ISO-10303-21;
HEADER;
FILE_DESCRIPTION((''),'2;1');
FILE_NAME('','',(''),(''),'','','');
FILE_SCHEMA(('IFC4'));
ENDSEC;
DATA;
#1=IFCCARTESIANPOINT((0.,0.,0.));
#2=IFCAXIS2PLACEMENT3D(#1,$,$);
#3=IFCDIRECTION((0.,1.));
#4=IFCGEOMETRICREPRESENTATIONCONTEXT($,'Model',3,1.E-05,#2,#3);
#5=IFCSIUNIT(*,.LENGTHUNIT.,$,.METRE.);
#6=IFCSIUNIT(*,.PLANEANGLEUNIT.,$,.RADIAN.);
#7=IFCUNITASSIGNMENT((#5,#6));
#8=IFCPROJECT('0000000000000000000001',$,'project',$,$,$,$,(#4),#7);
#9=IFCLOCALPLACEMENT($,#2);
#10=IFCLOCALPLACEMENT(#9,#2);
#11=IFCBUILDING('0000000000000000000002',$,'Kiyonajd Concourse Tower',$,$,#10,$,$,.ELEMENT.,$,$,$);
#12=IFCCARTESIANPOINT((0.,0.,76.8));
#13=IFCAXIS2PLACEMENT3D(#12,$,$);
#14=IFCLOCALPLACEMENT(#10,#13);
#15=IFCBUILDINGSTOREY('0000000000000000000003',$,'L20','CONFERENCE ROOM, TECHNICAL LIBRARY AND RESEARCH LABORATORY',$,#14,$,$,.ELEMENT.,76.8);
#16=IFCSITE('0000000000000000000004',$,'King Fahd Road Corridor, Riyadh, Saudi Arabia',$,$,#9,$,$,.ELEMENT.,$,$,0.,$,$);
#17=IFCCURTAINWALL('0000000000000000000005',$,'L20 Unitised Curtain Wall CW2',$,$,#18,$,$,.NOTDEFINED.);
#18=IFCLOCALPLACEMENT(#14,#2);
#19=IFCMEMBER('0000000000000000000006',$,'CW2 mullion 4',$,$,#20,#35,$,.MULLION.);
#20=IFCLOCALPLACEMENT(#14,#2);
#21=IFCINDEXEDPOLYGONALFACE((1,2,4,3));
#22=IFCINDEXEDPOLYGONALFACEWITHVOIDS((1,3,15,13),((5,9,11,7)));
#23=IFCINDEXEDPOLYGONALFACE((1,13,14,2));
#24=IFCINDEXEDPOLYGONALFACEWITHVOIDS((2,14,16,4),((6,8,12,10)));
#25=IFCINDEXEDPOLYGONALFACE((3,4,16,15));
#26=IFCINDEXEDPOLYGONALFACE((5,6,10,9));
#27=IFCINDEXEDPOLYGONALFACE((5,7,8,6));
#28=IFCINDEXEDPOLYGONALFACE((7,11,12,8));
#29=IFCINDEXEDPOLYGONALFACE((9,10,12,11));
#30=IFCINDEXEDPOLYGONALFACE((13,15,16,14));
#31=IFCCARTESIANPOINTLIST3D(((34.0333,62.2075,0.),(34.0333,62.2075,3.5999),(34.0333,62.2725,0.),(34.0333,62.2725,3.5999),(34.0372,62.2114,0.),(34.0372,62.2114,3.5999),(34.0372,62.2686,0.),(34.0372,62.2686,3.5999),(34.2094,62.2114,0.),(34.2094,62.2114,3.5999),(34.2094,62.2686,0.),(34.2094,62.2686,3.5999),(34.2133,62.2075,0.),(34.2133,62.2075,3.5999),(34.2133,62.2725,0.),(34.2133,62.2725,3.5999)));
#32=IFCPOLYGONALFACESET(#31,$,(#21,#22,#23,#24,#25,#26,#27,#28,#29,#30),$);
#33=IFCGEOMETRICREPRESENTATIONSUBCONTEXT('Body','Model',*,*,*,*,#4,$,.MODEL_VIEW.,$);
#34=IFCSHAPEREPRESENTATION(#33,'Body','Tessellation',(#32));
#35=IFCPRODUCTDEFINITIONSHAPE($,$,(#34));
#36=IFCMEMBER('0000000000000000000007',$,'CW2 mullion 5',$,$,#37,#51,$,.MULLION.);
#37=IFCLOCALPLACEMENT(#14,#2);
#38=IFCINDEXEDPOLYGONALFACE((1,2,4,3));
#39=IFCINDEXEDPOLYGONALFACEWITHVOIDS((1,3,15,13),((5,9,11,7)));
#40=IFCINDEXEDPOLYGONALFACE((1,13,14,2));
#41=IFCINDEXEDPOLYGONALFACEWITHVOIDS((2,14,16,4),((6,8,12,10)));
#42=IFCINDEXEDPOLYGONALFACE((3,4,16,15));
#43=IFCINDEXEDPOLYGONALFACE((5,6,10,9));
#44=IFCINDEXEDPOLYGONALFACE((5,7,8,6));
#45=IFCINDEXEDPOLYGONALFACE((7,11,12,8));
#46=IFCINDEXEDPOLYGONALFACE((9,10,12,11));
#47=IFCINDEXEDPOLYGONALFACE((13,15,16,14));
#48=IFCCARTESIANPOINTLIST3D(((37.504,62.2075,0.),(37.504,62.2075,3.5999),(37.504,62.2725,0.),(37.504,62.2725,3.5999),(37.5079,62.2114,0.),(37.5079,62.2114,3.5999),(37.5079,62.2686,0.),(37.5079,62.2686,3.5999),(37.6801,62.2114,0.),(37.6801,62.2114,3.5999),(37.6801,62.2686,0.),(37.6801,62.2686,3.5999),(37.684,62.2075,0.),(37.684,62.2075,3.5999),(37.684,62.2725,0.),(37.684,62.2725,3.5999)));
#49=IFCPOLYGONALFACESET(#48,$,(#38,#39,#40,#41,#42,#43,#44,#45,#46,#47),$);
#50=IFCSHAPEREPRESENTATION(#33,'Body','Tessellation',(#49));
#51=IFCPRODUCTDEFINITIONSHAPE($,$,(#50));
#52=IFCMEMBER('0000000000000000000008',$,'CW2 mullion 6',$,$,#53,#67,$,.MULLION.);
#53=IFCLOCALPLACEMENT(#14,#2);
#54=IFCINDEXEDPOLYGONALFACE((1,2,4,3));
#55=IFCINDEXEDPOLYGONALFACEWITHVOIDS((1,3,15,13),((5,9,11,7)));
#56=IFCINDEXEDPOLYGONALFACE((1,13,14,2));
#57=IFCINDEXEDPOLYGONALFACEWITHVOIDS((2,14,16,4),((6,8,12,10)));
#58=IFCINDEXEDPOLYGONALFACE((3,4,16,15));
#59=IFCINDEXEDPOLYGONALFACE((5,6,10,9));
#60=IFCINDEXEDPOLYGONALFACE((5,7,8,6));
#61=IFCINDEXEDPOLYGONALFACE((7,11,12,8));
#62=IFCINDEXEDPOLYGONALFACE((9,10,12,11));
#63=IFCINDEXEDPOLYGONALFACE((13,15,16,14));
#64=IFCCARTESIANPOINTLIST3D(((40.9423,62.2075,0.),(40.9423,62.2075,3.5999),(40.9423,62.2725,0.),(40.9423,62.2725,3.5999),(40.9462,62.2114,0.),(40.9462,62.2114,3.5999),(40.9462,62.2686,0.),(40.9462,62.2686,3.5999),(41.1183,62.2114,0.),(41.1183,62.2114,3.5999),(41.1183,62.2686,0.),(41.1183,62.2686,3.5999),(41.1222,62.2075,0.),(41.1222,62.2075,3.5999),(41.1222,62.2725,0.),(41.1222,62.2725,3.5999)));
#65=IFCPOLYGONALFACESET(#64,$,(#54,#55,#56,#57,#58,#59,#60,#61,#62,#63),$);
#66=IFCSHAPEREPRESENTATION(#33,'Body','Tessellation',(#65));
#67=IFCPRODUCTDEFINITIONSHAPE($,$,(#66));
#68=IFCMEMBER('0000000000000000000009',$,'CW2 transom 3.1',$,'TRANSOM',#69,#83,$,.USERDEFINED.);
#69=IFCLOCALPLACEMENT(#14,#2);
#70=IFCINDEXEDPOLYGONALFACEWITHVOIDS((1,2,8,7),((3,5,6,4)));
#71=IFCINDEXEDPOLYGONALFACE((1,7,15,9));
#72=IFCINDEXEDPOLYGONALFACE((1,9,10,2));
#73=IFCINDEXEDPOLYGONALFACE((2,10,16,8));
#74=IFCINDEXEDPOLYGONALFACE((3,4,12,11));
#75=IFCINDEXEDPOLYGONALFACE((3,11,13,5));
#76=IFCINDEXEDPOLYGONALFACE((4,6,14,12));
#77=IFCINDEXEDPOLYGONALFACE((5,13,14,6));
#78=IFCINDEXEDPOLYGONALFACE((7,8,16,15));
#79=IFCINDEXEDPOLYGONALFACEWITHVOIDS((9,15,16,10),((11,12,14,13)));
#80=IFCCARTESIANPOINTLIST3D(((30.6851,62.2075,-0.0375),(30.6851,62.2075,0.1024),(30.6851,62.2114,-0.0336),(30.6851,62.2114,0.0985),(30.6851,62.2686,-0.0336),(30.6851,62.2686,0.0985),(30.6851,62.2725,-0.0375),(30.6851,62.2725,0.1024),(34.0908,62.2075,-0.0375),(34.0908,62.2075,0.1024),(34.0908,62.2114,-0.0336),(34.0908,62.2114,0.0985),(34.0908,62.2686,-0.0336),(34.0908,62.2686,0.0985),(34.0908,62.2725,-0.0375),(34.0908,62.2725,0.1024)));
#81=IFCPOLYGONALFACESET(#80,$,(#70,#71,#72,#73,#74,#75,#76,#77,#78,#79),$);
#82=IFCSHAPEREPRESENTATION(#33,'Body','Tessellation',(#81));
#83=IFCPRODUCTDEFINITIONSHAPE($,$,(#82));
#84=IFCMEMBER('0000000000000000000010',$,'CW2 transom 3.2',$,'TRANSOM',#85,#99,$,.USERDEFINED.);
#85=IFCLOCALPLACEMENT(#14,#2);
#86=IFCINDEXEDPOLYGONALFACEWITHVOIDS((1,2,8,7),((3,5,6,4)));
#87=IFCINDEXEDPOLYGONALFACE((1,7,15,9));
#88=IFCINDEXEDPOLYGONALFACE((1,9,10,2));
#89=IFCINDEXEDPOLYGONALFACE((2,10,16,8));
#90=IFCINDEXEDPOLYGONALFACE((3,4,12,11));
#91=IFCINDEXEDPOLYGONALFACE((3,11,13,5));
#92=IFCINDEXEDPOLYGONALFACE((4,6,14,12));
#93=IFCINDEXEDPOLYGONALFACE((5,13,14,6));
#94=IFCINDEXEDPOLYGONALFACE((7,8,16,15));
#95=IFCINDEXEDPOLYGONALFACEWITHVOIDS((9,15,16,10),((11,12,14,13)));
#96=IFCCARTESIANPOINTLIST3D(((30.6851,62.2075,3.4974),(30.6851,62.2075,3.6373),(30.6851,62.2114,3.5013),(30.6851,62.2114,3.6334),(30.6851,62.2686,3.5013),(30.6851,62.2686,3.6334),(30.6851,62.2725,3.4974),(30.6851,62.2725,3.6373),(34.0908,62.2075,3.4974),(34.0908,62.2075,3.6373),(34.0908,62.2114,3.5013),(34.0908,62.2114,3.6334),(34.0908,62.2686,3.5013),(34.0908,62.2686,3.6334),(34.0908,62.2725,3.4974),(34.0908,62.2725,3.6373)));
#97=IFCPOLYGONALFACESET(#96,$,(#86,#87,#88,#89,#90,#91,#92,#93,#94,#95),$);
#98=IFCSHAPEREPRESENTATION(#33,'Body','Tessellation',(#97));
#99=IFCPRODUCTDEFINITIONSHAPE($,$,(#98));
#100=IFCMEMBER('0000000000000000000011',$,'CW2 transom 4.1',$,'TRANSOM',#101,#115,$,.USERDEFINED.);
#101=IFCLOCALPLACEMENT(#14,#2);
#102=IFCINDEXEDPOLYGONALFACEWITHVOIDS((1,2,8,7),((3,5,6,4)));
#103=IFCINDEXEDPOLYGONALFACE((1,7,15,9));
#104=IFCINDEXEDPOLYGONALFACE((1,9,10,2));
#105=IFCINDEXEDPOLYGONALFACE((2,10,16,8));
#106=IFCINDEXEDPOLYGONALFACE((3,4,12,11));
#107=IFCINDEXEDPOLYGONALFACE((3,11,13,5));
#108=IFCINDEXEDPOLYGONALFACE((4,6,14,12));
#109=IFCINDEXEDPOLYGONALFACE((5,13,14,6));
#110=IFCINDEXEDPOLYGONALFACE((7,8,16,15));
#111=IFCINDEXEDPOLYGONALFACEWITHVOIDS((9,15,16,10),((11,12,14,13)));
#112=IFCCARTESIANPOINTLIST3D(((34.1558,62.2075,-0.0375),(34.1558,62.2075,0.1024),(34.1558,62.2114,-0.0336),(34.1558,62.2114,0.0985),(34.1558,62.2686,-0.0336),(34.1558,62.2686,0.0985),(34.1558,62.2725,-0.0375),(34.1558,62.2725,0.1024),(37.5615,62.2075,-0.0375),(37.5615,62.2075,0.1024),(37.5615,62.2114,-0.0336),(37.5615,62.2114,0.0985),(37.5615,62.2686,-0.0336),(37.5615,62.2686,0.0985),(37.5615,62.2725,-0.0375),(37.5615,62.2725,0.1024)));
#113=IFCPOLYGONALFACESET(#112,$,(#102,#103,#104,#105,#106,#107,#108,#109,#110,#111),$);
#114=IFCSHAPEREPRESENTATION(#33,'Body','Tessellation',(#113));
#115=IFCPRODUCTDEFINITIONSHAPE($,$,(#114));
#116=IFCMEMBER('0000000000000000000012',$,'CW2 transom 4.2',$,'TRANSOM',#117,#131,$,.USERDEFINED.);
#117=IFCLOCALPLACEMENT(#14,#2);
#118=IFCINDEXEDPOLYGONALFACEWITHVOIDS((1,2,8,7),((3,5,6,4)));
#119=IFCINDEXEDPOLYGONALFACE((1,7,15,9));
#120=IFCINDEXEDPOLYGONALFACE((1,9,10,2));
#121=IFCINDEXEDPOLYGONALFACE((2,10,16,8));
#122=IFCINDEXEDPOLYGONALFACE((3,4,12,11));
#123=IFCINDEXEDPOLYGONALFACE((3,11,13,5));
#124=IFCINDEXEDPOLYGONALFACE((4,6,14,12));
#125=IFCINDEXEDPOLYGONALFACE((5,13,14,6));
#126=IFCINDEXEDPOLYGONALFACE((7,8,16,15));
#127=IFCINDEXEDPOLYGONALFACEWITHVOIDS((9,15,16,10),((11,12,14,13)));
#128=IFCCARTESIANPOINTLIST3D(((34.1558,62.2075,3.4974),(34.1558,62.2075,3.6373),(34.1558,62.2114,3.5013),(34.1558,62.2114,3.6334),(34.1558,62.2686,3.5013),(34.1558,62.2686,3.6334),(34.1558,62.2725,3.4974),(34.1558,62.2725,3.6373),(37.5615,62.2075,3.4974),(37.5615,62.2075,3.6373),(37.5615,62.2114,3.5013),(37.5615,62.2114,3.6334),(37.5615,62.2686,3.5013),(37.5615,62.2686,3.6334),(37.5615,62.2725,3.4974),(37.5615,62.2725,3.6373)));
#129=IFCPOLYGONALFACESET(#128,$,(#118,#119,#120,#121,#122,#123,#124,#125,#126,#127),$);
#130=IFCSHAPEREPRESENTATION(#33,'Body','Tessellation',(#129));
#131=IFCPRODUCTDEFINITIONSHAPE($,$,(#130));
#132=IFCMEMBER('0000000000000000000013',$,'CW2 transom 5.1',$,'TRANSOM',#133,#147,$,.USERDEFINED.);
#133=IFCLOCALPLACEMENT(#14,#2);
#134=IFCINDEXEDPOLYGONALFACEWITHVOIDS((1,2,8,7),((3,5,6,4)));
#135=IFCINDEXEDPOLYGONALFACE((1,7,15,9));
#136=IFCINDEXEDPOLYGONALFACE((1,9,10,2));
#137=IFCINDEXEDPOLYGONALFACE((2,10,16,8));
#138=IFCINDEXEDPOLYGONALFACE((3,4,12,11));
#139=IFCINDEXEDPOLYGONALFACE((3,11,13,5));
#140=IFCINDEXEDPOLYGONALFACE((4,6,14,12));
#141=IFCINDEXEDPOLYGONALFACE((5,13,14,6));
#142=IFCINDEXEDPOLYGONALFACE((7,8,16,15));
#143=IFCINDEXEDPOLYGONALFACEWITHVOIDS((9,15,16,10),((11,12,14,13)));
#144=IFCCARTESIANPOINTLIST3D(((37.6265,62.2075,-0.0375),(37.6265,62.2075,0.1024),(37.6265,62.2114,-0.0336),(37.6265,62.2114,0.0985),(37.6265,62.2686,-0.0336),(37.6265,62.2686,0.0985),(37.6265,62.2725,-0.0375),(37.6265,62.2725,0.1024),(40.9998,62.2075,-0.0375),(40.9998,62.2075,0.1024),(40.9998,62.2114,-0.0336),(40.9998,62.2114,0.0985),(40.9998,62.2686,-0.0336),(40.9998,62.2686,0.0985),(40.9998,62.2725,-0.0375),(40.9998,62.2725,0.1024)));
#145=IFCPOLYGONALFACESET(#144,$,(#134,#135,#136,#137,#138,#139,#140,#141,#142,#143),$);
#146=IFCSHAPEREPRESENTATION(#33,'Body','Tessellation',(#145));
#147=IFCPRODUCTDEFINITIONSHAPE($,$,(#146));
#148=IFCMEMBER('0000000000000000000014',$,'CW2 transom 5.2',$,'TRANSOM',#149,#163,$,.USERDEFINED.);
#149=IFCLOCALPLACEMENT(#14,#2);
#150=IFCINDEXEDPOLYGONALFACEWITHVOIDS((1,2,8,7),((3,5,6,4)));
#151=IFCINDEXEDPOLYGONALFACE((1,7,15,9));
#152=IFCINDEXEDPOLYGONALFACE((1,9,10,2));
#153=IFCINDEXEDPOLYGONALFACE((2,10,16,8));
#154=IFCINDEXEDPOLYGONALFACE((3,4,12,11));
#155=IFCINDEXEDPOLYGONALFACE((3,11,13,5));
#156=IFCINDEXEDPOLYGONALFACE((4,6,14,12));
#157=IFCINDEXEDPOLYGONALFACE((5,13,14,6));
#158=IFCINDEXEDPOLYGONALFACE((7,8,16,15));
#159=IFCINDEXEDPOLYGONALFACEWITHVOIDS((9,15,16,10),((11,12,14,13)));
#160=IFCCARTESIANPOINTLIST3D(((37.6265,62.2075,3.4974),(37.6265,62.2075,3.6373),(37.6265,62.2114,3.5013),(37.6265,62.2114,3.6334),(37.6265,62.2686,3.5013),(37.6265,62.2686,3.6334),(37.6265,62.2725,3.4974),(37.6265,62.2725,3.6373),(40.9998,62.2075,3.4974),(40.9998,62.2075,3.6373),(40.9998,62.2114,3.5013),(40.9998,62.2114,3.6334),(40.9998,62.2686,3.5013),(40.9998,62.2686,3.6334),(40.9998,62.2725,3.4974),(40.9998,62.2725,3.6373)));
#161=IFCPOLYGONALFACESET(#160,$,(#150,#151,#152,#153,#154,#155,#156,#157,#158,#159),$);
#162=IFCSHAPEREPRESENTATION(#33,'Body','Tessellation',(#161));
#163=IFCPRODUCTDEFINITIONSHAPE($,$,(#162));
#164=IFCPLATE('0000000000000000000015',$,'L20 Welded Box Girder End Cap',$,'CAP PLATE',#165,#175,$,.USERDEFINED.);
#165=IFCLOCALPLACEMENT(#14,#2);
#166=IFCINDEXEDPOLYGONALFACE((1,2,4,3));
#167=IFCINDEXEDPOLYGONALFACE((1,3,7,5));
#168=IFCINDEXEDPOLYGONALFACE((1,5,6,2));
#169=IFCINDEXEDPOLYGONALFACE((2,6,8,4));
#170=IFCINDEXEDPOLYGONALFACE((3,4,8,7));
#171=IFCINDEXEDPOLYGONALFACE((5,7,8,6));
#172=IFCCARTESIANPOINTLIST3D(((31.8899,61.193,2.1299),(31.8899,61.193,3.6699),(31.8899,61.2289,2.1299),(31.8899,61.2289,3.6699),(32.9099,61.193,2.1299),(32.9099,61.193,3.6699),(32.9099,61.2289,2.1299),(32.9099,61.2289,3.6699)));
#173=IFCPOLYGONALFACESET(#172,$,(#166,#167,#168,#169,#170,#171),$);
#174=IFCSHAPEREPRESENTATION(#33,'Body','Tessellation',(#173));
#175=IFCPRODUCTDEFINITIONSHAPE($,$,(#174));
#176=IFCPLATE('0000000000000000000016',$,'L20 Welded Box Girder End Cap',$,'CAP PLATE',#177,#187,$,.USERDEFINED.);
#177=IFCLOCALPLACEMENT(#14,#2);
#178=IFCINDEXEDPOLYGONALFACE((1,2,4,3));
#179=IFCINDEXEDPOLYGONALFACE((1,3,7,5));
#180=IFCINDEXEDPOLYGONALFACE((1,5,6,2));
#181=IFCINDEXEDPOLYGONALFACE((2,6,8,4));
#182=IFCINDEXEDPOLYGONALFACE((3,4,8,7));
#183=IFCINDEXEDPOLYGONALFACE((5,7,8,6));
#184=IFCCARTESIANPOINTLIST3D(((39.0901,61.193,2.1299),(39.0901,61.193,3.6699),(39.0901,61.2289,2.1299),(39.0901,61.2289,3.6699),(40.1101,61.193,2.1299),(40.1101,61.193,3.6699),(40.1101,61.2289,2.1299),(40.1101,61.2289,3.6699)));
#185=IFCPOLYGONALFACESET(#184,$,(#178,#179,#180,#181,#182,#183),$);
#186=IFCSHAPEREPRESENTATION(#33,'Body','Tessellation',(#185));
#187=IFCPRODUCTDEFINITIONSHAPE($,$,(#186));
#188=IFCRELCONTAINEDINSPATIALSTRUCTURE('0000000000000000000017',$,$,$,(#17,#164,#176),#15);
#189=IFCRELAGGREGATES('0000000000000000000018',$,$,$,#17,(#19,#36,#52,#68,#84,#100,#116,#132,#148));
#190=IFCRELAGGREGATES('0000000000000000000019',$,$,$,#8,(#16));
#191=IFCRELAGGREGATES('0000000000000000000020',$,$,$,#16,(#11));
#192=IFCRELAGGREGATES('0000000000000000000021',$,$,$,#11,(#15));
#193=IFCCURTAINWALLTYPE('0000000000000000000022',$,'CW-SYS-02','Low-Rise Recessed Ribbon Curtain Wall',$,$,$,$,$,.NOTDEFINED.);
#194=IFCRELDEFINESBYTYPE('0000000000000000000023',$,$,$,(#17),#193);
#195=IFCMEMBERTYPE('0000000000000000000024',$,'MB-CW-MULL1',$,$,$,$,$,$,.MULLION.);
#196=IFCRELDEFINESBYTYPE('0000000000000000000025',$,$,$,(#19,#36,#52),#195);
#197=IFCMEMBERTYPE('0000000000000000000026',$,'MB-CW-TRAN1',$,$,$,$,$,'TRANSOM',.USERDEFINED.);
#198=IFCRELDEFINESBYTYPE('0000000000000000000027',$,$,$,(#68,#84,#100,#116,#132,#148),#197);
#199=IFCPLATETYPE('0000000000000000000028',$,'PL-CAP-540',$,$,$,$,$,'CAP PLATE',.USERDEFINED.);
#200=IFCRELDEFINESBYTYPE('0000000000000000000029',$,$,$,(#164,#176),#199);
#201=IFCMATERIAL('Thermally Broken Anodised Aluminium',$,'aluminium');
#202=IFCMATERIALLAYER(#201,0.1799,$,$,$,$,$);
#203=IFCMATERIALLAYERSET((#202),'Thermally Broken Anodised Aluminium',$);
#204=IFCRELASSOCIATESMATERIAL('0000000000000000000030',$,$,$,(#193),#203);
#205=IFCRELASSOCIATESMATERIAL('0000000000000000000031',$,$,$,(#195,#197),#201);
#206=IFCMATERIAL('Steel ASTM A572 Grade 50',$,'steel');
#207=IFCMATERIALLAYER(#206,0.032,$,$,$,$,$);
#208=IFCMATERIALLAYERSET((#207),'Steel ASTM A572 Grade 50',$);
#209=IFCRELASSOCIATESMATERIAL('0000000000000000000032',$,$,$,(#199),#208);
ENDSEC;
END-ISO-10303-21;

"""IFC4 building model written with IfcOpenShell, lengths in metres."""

from ifc_helpers import new_model, si_unit, direction, frame, origin, origin_2d, place, context, subcontext, project, spatial, rectangle, hollow_rectangle, extrude, material, layer, layer_set, material_profile, profile_set, type_object, element, aggregate, save


model = new_model("IFC4")

# Units and contexts
model_context = context("Model", 3, precision=1e-05, world=origin(), true_north=direction((0.0, 1.0)))
body_context = subcontext(model_context, "Body", "Model", "MODEL_VIEW")
ifc_project = project(units=[si_unit("LENGTHUNIT", "METRE"), si_unit("PLANEANGLEUNIT", "RADIAN")], contexts=[model_context])

# Site, building, storey
site_placement = place(None, origin())
site = spatial("IfcSite", under=ifc_project, at=site_placement, Name="King Fahd Road Corridor, Riyadh, Saudi Arabia", CompositionType="ELEMENT", RefElevation=0.0)
building_placement = place(site_placement, origin())
building = spatial("IfcBuilding", under=site, at=building_placement, Name="Kiyonajd Concourse Tower", CompositionType="ELEMENT")
storey_placement = place(building_placement, frame((0.0, 0.0, 76.8)))
storey = spatial("IfcBuildingStorey", under=building, at=storey_placement, Name="L20", Description="CONFERENCE ROOM, TECHNICAL LIBRARY AND RESEARCH LABORATORY", CompositionType="ELEMENT", Elevation=76.8)

# Curtain wall, members
ifc_material_1 = material(Name="Thermally Broken Anodised Aluminium", Category="aluminium")
ifc_layer_1 = layer(ifc_material_1, 0.1799)
ifc_layer_set_1 = layer_set([ifc_layer_1], Name="Thermally Broken Anodised Aluminium")
curtain_wall_type = type_object("IfcCurtainWallType", Name="CW-SYS-02", Description="Low-Rise Recessed Ribbon Curtain Wall", PredefinedType="NOTDEFINED", material=ifc_layer_set_1)
curtain_wall_placement = place(storey_placement, origin())
curtain_wall = element("IfcCurtainWall", 1, at=curtain_wall_placement, inside=storey, type_object=curtain_wall_type, Name="L20 Unitised Curtain Wall CW2", PredefinedType="NOTDEFINED")
ifc_material_profile_1 = material_profile(ifc_material_1, hollow_rectangle(XDim=0.0649, YDim=0.1799, WallThickness=0.0039, at=origin_2d()), Name="MULL-65x180")
ifc_profile_set_1 = profile_set([ifc_material_profile_1], Name="Thermally Broken Anodised Aluminium")
member_type_1 = type_object("IfcMemberType", Name="MB-CW-MULL1", PredefinedType="MULLION", material=ifc_profile_set_1)
member_1_placement = place(storey_placement, frame((34.1233, 62.24, 0.0), z_axis=(0.0, 0.0, 1.0), x_axis=(0.0, 1.0, 0.0)))
member_1 = element("IfcMember", 2, at=member_1_placement, type_object=member_type_1, Name="CW2 mullion 4", PredefinedType="MULLION", context=body_context, shape_type="SweptSolid", body=[
    extrude(hollow_rectangle(XDim=0.0649, YDim=0.1799, WallThickness=0.0039, at=origin_2d()), origin(), (0.0, 0.0, 1.0), 3.5999),
])
member_2_placement = place(storey_placement, frame((37.594, 62.24, 0.0), z_axis=(0.0, 0.0, 1.0), x_axis=(0.0, 1.0, 0.0)))
member_2 = element("IfcMember", 3, at=member_2_placement, type_object=member_type_1, Name="CW2 mullion 5", PredefinedType="MULLION", context=body_context, shape_type="SweptSolid", body=[
    extrude(hollow_rectangle(XDim=0.0649, YDim=0.1799, WallThickness=0.0039, at=origin_2d()), origin(), (0.0, 0.0, 1.0), 3.5999),
])
member_3_placement = place(storey_placement, frame((41.0322, 62.24, 0.0), z_axis=(0.0, 0.0, 1.0), x_axis=(0.0, 1.0, 0.0)))
member_3 = element("IfcMember", 4, at=member_3_placement, type_object=member_type_1, Name="CW2 mullion 6", PredefinedType="MULLION", context=body_context, shape_type="SweptSolid", body=[
    extrude(hollow_rectangle(XDim=0.0649, YDim=0.1799, WallThickness=0.0039, at=origin_2d()), origin(), (0.0, 0.0, 1.0), 3.5999),
])
ifc_material_profile_2 = material_profile(ifc_material_1, hollow_rectangle(XDim=0.0649, YDim=0.1399, WallThickness=0.0039, at=origin_2d()), Name="TRAN-65x140")
ifc_profile_set_2 = profile_set([ifc_material_profile_2], Name="Thermally Broken Anodised Aluminium")
member_type_2 = type_object("IfcMemberType", Name="MB-CW-TRAN1", ElementType="TRANSOM", PredefinedType="USERDEFINED", material=ifc_profile_set_2)
member_4_placement = place(storey_placement, frame((30.6851, 62.24, 0.0325), z_axis=(1.0, 0.0, 0.0), x_axis=(0.0, 1.0, 0.0)))
member_4 = element("IfcMember", 5, at=member_4_placement, type_object=member_type_2, Name="CW2 transom 3.1", ObjectType="TRANSOM", PredefinedType="USERDEFINED", context=body_context, shape_type="SweptSolid", body=[
    extrude(hollow_rectangle(XDim=0.0649, YDim=0.1399, WallThickness=0.0039, at=origin_2d()), origin(), (0.0, 0.0, 1.0), 3.4058),
])
member_5_placement = place(storey_placement, frame((30.6851, 62.24, 3.5674), z_axis=(1.0, 0.0, 0.0), x_axis=(0.0, 1.0, 0.0)))
member_5 = element("IfcMember", 6, at=member_5_placement, type_object=member_type_2, Name="CW2 transom 3.2", ObjectType="TRANSOM", PredefinedType="USERDEFINED", context=body_context, shape_type="SweptSolid", body=[
    extrude(hollow_rectangle(XDim=0.0649, YDim=0.1399, WallThickness=0.0039, at=origin_2d()), origin(), (0.0, 0.0, 1.0), 3.4058),
])
member_6_placement = place(storey_placement, frame((34.1558, 62.24, 0.0325), z_axis=(1.0, 0.0, 0.0), x_axis=(0.0, 1.0, 0.0)))
member_6 = element("IfcMember", 7, at=member_6_placement, type_object=member_type_2, Name="CW2 transom 4.1", ObjectType="TRANSOM", PredefinedType="USERDEFINED", context=body_context, shape_type="SweptSolid", body=[
    extrude(hollow_rectangle(XDim=0.0649, YDim=0.1399, WallThickness=0.0039, at=origin_2d()), origin(), (0.0, 0.0, 1.0), 3.4058),
])
member_7_placement = place(storey_placement, frame((34.1558, 62.24, 3.5674), z_axis=(1.0, 0.0, 0.0), x_axis=(0.0, 1.0, 0.0)))
member_7 = element("IfcMember", 8, at=member_7_placement, type_object=member_type_2, Name="CW2 transom 4.2", ObjectType="TRANSOM", PredefinedType="USERDEFINED", context=body_context, shape_type="SweptSolid", body=[
    extrude(hollow_rectangle(XDim=0.0649, YDim=0.1399, WallThickness=0.0039, at=origin_2d()), origin(), (0.0, 0.0, 1.0), 3.4058),
])
member_8_placement = place(storey_placement, frame((37.6265, 62.24, 0.0325), z_axis=(1.0, 0.0, 0.0), x_axis=(0.0, 1.0, 0.0)))
member_8 = element("IfcMember", 9, at=member_8_placement, type_object=member_type_2, Name="CW2 transom 5.1", ObjectType="TRANSOM", PredefinedType="USERDEFINED", context=body_context, shape_type="SweptSolid", body=[
    extrude(hollow_rectangle(XDim=0.0649, YDim=0.1399, WallThickness=0.0039, at=origin_2d()), origin(), (0.0, 0.0, 1.0), 3.3733),
])
member_9_placement = place(storey_placement, frame((37.6265, 62.24, 3.5674), z_axis=(1.0, 0.0, 0.0), x_axis=(0.0, 1.0, 0.0)))
member_9 = element("IfcMember", 10, at=member_9_placement, type_object=member_type_2, Name="CW2 transom 5.2", ObjectType="TRANSOM", PredefinedType="USERDEFINED", context=body_context, shape_type="SweptSolid", body=[
    extrude(hollow_rectangle(XDim=0.0649, YDim=0.1399, WallThickness=0.0039, at=origin_2d()), origin(), (0.0, 0.0, 1.0), 3.3733),
])

# Plates
ifc_material_2 = material(Name="Steel ASTM A572 Grade 50", Category="steel")
ifc_layer_2 = layer(ifc_material_2, 0.032)
ifc_layer_set_2 = layer_set([ifc_layer_2], Name="Steel ASTM A572 Grade 50")
plate_type_1 = type_object("IfcPlateType", Name="PL-CAP-540", ElementType="CAP PLATE", PredefinedType="USERDEFINED", material=ifc_layer_set_2)
for number, where, z_axis, x_axis, name in (
    (11, (32.3999, 61.2109, 2.1299), (0.0, 0.0, 1.0), (0.0, 1.0, 0.0), "L20 Welded Box Girder End Cap"),
    (12, (39.6001, 61.2109, 2.1299), (0.0, 0.0, 1.0), (0.0, 1.0, 0.0), "L20 Welded Box Girder End Cap"),
):
    element("IfcPlate", number, at=place(storey_placement, frame(where, z_axis=z_axis, x_axis=x_axis)), inside=storey, type_object=plate_type_1, Name=name, ObjectType="CAP PLATE", PredefinedType="USERDEFINED", context=body_context, shape_type="SweptSolid", body=[
        extrude(rectangle(XDim=0.0359, YDim=1.02, at=origin_2d()), origin(), (0.0, 0.0, 1.0), 1.54),
    ])

aggregate(curtain_wall, [member_1, member_2, member_3, member_4, member_5, member_6, member_7, member_8, member_9])

save(model, "model.ifc")
